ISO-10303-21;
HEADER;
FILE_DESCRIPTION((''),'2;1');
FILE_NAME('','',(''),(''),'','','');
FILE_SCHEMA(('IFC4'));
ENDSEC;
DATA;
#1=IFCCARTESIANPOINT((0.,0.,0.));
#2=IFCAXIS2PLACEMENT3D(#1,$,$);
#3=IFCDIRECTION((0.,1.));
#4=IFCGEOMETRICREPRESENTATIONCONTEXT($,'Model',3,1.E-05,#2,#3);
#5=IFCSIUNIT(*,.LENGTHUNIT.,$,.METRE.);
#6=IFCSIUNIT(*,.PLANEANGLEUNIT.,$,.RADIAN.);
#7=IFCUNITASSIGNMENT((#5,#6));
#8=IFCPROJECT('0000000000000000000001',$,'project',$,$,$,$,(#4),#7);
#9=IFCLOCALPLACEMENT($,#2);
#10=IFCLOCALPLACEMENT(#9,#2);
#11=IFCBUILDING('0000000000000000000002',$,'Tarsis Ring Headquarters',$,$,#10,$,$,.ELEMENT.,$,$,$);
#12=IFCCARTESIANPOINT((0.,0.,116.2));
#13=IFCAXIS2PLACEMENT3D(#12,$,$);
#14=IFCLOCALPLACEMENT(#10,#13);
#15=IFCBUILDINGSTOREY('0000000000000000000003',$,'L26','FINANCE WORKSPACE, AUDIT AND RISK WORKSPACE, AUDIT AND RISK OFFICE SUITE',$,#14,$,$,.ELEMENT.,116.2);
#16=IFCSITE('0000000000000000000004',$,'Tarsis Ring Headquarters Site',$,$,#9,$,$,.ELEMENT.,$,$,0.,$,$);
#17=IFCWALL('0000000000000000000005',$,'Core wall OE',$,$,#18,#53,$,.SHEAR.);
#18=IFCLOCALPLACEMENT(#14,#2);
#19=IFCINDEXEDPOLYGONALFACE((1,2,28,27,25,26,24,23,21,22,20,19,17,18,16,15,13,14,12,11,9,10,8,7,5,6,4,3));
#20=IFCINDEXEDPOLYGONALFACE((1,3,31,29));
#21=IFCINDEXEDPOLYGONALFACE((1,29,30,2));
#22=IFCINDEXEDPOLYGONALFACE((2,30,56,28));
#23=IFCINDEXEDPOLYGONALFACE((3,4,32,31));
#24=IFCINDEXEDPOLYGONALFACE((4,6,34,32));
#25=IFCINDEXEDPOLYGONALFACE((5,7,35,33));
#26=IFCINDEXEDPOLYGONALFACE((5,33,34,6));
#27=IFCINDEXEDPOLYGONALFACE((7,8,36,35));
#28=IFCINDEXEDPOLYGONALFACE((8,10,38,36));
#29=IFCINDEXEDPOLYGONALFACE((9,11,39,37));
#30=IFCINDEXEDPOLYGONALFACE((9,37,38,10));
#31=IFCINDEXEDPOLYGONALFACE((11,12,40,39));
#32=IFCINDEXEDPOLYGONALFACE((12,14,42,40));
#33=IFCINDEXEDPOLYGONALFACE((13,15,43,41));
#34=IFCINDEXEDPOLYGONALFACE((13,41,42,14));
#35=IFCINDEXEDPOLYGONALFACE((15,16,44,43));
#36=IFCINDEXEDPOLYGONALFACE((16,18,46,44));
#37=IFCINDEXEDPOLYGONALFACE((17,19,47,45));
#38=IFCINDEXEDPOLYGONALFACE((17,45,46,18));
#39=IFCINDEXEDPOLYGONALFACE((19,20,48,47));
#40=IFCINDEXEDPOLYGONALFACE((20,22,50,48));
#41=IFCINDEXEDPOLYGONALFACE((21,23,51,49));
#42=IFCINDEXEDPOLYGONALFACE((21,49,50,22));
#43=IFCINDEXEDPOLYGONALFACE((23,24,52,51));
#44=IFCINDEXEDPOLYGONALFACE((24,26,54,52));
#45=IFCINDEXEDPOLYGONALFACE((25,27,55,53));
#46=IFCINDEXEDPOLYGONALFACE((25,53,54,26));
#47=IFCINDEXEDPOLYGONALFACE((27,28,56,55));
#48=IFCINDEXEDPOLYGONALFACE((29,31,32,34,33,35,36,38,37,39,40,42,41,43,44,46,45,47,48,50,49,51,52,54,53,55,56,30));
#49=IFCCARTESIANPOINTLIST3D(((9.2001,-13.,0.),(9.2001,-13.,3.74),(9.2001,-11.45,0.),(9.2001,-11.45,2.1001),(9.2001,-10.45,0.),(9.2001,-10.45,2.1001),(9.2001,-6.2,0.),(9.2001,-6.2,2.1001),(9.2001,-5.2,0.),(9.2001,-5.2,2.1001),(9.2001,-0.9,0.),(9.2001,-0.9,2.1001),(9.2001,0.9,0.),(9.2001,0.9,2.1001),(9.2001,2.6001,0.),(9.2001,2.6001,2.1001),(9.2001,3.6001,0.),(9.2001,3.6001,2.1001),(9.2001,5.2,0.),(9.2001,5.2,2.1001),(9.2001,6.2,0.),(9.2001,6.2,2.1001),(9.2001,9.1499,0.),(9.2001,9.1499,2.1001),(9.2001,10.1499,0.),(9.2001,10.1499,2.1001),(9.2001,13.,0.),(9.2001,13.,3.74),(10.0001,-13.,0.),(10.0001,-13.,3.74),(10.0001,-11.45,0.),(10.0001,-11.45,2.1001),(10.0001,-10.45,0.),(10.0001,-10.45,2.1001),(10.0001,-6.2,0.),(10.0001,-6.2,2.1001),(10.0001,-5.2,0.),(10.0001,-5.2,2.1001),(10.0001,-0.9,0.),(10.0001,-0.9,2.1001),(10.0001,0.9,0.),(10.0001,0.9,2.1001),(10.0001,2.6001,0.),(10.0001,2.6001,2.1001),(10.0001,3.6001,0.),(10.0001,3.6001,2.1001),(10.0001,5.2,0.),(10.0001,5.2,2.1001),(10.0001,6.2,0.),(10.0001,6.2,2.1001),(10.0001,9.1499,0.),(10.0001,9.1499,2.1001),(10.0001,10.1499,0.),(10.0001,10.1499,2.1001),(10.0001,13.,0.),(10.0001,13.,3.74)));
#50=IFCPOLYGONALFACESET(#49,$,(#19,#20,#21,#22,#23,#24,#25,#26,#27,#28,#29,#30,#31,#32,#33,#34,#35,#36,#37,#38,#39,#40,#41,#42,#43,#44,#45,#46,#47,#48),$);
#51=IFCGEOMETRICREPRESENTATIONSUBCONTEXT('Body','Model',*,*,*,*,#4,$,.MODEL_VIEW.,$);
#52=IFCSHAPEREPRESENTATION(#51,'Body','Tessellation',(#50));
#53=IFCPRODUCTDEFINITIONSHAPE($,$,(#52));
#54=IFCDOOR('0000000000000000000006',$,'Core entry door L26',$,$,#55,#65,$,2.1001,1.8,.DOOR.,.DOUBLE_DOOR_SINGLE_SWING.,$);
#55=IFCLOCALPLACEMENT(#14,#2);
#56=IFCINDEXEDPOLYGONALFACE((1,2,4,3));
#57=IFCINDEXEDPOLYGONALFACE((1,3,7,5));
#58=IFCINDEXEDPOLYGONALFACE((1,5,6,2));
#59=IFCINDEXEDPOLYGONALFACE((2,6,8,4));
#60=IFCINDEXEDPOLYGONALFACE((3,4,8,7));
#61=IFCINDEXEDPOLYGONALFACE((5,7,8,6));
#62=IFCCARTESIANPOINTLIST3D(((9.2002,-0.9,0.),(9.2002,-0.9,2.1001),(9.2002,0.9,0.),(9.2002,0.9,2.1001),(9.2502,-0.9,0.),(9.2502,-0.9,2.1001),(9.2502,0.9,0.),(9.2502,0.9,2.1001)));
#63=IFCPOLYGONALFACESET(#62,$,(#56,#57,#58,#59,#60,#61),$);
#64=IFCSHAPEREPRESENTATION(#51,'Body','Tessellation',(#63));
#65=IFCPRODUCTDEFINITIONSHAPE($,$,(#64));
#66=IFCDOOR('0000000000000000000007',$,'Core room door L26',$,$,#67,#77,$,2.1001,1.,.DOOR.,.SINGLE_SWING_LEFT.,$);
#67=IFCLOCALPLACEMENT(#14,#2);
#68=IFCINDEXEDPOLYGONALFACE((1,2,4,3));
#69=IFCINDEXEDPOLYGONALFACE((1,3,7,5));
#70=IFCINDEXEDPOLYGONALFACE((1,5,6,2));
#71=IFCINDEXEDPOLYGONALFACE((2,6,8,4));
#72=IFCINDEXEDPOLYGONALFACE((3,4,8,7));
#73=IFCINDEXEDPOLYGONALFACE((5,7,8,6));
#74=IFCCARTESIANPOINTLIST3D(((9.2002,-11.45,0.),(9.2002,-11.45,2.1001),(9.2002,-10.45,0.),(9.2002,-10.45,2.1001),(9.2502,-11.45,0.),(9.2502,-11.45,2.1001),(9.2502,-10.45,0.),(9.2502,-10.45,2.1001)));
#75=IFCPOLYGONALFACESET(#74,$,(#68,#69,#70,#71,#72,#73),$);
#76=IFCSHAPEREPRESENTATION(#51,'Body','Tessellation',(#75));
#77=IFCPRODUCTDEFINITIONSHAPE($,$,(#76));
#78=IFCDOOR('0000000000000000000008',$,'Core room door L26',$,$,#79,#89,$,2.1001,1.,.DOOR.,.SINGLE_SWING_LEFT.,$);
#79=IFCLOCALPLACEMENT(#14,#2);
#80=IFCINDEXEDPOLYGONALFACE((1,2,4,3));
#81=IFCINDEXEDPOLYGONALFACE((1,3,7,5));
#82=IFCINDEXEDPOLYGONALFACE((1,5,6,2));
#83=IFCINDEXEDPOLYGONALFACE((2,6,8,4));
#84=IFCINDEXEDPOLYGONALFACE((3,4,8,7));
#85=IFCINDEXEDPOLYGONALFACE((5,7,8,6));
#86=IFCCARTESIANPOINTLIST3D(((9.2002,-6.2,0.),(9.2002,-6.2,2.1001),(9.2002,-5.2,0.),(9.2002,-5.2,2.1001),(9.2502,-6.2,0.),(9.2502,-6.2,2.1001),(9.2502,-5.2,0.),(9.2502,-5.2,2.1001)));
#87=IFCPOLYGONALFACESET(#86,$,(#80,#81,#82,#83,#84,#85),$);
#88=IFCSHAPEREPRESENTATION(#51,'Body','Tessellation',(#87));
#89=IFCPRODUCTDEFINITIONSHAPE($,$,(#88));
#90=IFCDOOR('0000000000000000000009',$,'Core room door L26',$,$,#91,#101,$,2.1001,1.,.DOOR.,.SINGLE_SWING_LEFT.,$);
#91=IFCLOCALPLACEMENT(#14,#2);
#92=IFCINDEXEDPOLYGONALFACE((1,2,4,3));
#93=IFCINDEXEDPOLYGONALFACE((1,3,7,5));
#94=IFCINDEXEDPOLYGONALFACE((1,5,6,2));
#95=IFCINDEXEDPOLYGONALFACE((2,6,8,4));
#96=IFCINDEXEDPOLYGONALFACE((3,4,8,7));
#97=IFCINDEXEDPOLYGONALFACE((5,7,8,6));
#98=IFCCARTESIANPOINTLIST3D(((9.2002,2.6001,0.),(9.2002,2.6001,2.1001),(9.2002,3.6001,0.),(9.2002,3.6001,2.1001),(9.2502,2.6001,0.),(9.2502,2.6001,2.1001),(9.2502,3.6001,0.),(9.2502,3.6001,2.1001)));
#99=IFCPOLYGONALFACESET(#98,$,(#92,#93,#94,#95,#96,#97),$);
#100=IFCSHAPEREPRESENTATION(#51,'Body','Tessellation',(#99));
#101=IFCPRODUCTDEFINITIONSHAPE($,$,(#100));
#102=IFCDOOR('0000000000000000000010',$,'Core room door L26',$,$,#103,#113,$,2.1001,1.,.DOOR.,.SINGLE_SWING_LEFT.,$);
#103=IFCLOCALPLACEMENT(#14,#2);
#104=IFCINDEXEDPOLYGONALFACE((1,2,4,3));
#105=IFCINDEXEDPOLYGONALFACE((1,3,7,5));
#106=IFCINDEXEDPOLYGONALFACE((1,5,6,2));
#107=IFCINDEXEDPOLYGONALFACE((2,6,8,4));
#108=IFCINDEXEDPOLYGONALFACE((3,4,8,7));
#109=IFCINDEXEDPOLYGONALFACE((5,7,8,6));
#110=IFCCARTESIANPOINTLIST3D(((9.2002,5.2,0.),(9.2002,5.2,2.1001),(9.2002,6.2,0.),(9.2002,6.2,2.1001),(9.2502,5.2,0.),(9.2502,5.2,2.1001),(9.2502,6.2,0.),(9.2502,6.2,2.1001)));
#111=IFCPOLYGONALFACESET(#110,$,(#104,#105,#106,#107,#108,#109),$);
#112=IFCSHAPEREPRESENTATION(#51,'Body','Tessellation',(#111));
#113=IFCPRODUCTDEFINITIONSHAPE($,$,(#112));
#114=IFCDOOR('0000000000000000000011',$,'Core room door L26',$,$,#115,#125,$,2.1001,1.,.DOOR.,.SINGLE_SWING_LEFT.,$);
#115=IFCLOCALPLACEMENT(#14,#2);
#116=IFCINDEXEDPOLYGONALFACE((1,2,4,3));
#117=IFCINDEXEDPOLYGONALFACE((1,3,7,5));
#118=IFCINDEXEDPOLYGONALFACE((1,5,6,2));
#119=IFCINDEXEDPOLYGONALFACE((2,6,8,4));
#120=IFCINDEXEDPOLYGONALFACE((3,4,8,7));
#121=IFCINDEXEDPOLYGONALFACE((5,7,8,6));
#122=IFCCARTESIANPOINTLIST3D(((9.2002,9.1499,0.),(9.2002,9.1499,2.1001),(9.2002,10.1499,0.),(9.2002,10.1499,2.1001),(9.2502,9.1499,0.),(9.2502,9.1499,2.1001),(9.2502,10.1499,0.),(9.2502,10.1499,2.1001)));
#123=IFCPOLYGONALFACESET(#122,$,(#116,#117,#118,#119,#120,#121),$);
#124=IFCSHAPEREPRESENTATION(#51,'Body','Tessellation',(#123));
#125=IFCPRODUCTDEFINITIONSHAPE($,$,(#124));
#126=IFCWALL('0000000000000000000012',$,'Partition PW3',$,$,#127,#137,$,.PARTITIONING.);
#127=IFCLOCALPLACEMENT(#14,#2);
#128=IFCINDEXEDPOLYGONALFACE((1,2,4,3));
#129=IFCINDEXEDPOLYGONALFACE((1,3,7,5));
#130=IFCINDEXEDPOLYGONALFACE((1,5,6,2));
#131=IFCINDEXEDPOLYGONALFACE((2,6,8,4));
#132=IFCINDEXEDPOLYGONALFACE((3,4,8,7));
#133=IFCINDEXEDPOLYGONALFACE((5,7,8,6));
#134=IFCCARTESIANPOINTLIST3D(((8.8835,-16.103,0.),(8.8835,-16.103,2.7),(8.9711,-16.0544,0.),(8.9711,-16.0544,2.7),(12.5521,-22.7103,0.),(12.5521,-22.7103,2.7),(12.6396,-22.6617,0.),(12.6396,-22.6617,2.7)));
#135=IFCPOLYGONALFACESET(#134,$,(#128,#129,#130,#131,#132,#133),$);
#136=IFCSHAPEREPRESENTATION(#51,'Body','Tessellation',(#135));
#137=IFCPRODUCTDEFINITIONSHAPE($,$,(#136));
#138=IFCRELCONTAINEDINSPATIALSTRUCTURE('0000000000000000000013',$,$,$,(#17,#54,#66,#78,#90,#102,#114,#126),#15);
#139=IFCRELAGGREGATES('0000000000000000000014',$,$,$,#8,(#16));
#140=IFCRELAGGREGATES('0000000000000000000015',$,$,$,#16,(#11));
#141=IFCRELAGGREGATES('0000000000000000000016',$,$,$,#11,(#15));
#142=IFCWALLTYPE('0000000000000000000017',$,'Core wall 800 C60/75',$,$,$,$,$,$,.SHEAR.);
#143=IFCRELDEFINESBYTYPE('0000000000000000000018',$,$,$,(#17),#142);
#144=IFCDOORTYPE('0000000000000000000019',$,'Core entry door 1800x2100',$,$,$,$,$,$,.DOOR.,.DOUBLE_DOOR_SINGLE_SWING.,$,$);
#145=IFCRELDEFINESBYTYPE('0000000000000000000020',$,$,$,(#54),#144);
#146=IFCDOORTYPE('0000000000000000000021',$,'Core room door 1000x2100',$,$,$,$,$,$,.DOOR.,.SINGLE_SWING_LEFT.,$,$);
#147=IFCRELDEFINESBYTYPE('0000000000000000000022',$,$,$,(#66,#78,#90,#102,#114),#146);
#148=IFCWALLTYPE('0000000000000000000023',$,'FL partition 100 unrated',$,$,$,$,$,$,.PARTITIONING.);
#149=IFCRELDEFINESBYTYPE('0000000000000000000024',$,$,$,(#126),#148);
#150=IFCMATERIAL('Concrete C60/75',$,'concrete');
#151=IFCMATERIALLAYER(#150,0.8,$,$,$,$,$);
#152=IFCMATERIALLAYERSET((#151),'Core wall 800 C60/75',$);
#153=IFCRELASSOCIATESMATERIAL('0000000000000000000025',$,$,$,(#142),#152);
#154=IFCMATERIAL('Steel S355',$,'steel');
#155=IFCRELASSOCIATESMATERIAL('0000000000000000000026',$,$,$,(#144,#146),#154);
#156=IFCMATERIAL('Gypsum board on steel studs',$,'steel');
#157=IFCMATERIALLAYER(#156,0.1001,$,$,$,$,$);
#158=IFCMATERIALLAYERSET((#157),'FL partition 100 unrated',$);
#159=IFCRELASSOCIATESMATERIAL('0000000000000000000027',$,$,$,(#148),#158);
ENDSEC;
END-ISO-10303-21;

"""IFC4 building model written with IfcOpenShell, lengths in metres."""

from ifc_helpers import new_model, si_unit, direction, frame, frame_2d, origin, place, context, subcontext, project, spatial, rectangle, extrude, material, layer, layer_set, type_object, element, fill, save


model = new_model("IFC4")

# Units and contexts
model_context = context("Model", 3, precision=1e-05, world=origin(), true_north=direction((0.0, 1.0)))
body_context = subcontext(model_context, "Body", "Model", "MODEL_VIEW")
ifc_project = project(units=[si_unit("LENGTHUNIT", "METRE"), si_unit("PLANEANGLEUNIT", "RADIAN")], contexts=[model_context])

# Site, building, storey
site_placement = place(None, origin())
site = spatial("IfcSite", under=ifc_project, at=site_placement, Name="Tarsis Ring Headquarters Site", CompositionType="ELEMENT", RefElevation=0.0)
building_placement = place(site_placement, origin())
building = spatial("IfcBuilding", under=site, at=building_placement, Name="Tarsis Ring Headquarters", CompositionType="ELEMENT")
storey_placement = place(building_placement, frame((0.0, 0.0, 116.2)))
storey = spatial("IfcBuildingStorey", under=building, at=storey_placement, Name="L26", Description="FINANCE WORKSPACE, AUDIT AND RISK WORKSPACE, AUDIT AND RISK OFFICE SUITE", CompositionType="ELEMENT", Elevation=116.2)

# Wall, openings, doors
ifc_material_1 = material(Name="Concrete C60/75", Category="concrete")
ifc_layer_1 = layer(ifc_material_1, 0.8)
ifc_layer_set_1 = layer_set([ifc_layer_1], Name="Core wall 800 C60/75")
wall_type_1 = type_object("IfcWallType", Name="Core wall 800 C60/75", PredefinedType="SHEAR", material=ifc_layer_set_1)
wall_1_placement = place(storey_placement, frame((9.6001, -13.0, 0.0), z_axis=(0.0, 0.0, 1.0), x_axis=(0.0, 1.0, 0.0)))
wall_1 = element("IfcWall", 1, at=wall_1_placement, inside=storey, type_object=wall_type_1, Name="Core wall OE", PredefinedType="SHEAR", context=body_context, shape_type="SweptSolid", body=[
    extrude(rectangle(XDim=26.0, YDim=0.8, at=frame_2d((13.0, 0.0))), origin(), (0.0, 0.0, 1.0), 3.74),
])
opening_1_placement = place(wall_1_placement, frame((1.55, 0.0, 0.0)))
opening_1 = element("IfcOpeningElement", 2, at=opening_1_placement, cuts=wall_1, PredefinedType="OPENING", context=body_context, shape_type="SweptSolid", body=[
    extrude(rectangle(XDim=1.0, YDim=2.1001, at=frame_2d((0.5, 1.05))), frame((0.0, 0.4099, 0.0), z_axis=(0.0, -1.0, 0.0), x_axis=(1.0, 0.0, 0.0)), (0.0, 0.0, 1.0), 0.8201),
])
opening_2_placement = place(wall_1_placement, frame((6.8, 0.0, 0.0)))
opening_2 = element("IfcOpeningElement", 3, at=opening_2_placement, cuts=wall_1, PredefinedType="OPENING", context=body_context, shape_type="SweptSolid", body=[
    extrude(rectangle(XDim=1.0, YDim=2.1001, at=frame_2d((0.5, 1.05))), frame((0.0, 0.4099, 0.0), z_axis=(0.0, -1.0, 0.0), x_axis=(1.0, 0.0, 0.0)), (0.0, 0.0, 1.0), 0.8201),
])
opening_3_placement = place(wall_1_placement, frame((12.1001, 0.0, 0.0)))
opening_3 = element("IfcOpeningElement", 4, at=opening_3_placement, cuts=wall_1, PredefinedType="OPENING", context=body_context, shape_type="SweptSolid", body=[
    extrude(rectangle(XDim=1.8, YDim=2.1001, at=frame_2d((0.8999, 1.05))), frame((0.0, 0.4099, 0.0), z_axis=(0.0, -1.0, 0.0), x_axis=(1.0, 0.0, 0.0)), (0.0, 0.0, 1.0), 0.8201),
])
opening_4_placement = place(wall_1_placement, frame((15.6001, 0.0, 0.0)))
opening_4 = element("IfcOpeningElement", 5, at=opening_4_placement, cuts=wall_1, PredefinedType="OPENING", context=body_context, shape_type="SweptSolid", body=[
    extrude(rectangle(XDim=1.0, YDim=2.1001, at=frame_2d((0.5, 1.05))), frame((0.0, 0.4099, 0.0), z_axis=(0.0, -1.0, 0.0), x_axis=(1.0, 0.0, 0.0)), (0.0, 0.0, 1.0), 0.8201),
])
opening_5_placement = place(wall_1_placement, frame((18.2, 0.0, 0.0)))
opening_5 = element("IfcOpeningElement", 6, at=opening_5_placement, cuts=wall_1, PredefinedType="OPENING", context=body_context, shape_type="SweptSolid", body=[
    extrude(rectangle(XDim=1.0, YDim=2.1001, at=frame_2d((0.5, 1.05))), frame((0.0, 0.4099, 0.0), z_axis=(0.0, -1.0, 0.0), x_axis=(1.0, 0.0, 0.0)), (0.0, 0.0, 1.0), 0.8201),
])
opening_6_placement = place(wall_1_placement, frame((22.1499, 0.0, 0.0)))
opening_6 = element("IfcOpeningElement", 7, at=opening_6_placement, cuts=wall_1, PredefinedType="OPENING", context=body_context, shape_type="SweptSolid", body=[
    extrude(rectangle(XDim=1.0, YDim=2.1001, at=frame_2d((0.5, 1.05))), frame((0.0, 0.4099, 0.0), z_axis=(0.0, -1.0, 0.0), x_axis=(1.0, 0.0, 0.0)), (0.0, 0.0, 1.0), 0.8201),
])
ifc_material_2 = material(Name="Steel S355", Category="steel")
door_type_1 = type_object("IfcDoorType", Name="Core entry door 1800x2100", OperationType="DOUBLE_DOOR_SINGLE_SWING", PredefinedType="DOOR", material=ifc_material_2)
door_1_placement = place(opening_3_placement, origin())
door_1 = element("IfcDoor", 8, at=door_1_placement, inside=storey, type_object=door_type_1, Name="Core entry door L26", OperationType="DOUBLE_DOOR_SINGLE_SWING", OverallHeight=2.1001, OverallWidth=1.8, PredefinedType="DOOR", context=body_context, shape_type="SweptSolid", body=[
    extrude(rectangle(XDim=1.8, YDim=2.1001, at=frame_2d((0.8999, 1.05))), frame((0.0, 0.3999, 0.0), z_axis=(0.0, -1.0, 0.0), x_axis=(1.0, 0.0, 0.0)), (0.0, 0.0, 1.0), 0.05),
])
fill(opening_3, door_1)
door_type_2 = type_object("IfcDoorType", Name="Core room door 1000x2100", OperationType="SINGLE_SWING_LEFT", PredefinedType="DOOR", material=ifc_material_2)
door_2_placement = place(opening_1_placement, origin())
door_2 = element("IfcDoor", 9, at=door_2_placement, inside=storey, type_object=door_type_2, Name="Core room door L26", OperationType="SINGLE_SWING_LEFT", OverallHeight=2.1001, OverallWidth=1.0, PredefinedType="DOOR", context=body_context, shape_type="SweptSolid", body=[
    extrude(rectangle(XDim=1.0, YDim=2.1001, at=frame_2d((0.5, 1.05))), frame((0.0, 0.3999, 0.0), z_axis=(0.0, -1.0, 0.0), x_axis=(1.0, 0.0, 0.0)), (0.0, 0.0, 1.0), 0.05),
])
fill(opening_1, door_2)
door_3_placement = place(opening_2_placement, origin())
door_3 = element("IfcDoor", 10, at=door_3_placement, inside=storey, type_object=door_type_2, Name="Core room door L26", OperationType="SINGLE_SWING_LEFT", OverallHeight=2.1001, OverallWidth=1.0, PredefinedType="DOOR", context=body_context, shape_type="SweptSolid", body=[
    extrude(rectangle(XDim=1.0, YDim=2.1001, at=frame_2d((0.5, 1.05))), frame((0.0, 0.3999, 0.0), z_axis=(0.0, -1.0, 0.0), x_axis=(1.0, 0.0, 0.0)), (0.0, 0.0, 1.0), 0.05),
])
fill(opening_2, door_3)
door_4_placement = place(opening_4_placement, origin())
door_4 = element("IfcDoor", 11, at=door_4_placement, inside=storey, type_object=door_type_2, Name="Core room door L26", OperationType="SINGLE_SWING_LEFT", OverallHeight=2.1001, OverallWidth=1.0, PredefinedType="DOOR", context=body_context, shape_type="SweptSolid", body=[
    extrude(rectangle(XDim=1.0, YDim=2.1001, at=frame_2d((0.5, 1.05))), frame((0.0, 0.3999, 0.0), z_axis=(0.0, -1.0, 0.0), x_axis=(1.0, 0.0, 0.0)), (0.0, 0.0, 1.0), 0.05),
])
fill(opening_4, door_4)
door_5_placement = place(opening_5_placement, origin())
door_5 = element("IfcDoor", 12, at=door_5_placement, inside=storey, type_object=door_type_2, Name="Core room door L26", OperationType="SINGLE_SWING_LEFT", OverallHeight=2.1001, OverallWidth=1.0, PredefinedType="DOOR", context=body_context, shape_type="SweptSolid", body=[
    extrude(rectangle(XDim=1.0, YDim=2.1001, at=frame_2d((0.5, 1.05))), frame((0.0, 0.3999, 0.0), z_axis=(0.0, -1.0, 0.0), x_axis=(1.0, 0.0, 0.0)), (0.0, 0.0, 1.0), 0.05),
])
fill(opening_5, door_5)
door_6_placement = place(opening_6_placement, origin())
door_6 = element("IfcDoor", 13, at=door_6_placement, inside=storey, type_object=door_type_2, Name="Core room door L26", OperationType="SINGLE_SWING_LEFT", OverallHeight=2.1001, OverallWidth=1.0, PredefinedType="DOOR", context=body_context, shape_type="SweptSolid", body=[
    extrude(rectangle(XDim=1.0, YDim=2.1001, at=frame_2d((0.5, 1.05))), frame((0.0, 0.3999, 0.0), z_axis=(0.0, -1.0, 0.0), x_axis=(1.0, 0.0, 0.0)), (0.0, 0.0, 1.0), 0.05),
])
fill(opening_6, door_6)

# Wall
ifc_material_3 = material(Name="Gypsum board on steel studs", Category="steel")
ifc_layer_2 = layer(ifc_material_3, 0.1001)
ifc_layer_set_2 = layer_set([ifc_layer_2], Name="FL partition 100 unrated")
wall_type_2 = type_object("IfcWallType", Name="FL partition 100 unrated", PredefinedType="PARTITIONING", material=ifc_layer_set_2)
wall_2_placement = place(storey_placement, frame((8.9272, -16.0786, 0.0), z_axis=(0.0, 0.0, 1.0), x_axis=(0.485421, -0.874281, 0.0)))
element("IfcWall", 14, at=wall_2_placement, inside=storey, type_object=wall_type_2, Name="Partition PW3", PredefinedType="PARTITIONING", context=body_context, shape_type="SweptSolid", body=[
    extrude(rectangle(XDim=7.5574, YDim=0.1001, at=frame_2d((3.7788, 0.0))), origin(), (0.0, 0.0, 1.0), 2.7),
])

save(model, "model.ifc")
